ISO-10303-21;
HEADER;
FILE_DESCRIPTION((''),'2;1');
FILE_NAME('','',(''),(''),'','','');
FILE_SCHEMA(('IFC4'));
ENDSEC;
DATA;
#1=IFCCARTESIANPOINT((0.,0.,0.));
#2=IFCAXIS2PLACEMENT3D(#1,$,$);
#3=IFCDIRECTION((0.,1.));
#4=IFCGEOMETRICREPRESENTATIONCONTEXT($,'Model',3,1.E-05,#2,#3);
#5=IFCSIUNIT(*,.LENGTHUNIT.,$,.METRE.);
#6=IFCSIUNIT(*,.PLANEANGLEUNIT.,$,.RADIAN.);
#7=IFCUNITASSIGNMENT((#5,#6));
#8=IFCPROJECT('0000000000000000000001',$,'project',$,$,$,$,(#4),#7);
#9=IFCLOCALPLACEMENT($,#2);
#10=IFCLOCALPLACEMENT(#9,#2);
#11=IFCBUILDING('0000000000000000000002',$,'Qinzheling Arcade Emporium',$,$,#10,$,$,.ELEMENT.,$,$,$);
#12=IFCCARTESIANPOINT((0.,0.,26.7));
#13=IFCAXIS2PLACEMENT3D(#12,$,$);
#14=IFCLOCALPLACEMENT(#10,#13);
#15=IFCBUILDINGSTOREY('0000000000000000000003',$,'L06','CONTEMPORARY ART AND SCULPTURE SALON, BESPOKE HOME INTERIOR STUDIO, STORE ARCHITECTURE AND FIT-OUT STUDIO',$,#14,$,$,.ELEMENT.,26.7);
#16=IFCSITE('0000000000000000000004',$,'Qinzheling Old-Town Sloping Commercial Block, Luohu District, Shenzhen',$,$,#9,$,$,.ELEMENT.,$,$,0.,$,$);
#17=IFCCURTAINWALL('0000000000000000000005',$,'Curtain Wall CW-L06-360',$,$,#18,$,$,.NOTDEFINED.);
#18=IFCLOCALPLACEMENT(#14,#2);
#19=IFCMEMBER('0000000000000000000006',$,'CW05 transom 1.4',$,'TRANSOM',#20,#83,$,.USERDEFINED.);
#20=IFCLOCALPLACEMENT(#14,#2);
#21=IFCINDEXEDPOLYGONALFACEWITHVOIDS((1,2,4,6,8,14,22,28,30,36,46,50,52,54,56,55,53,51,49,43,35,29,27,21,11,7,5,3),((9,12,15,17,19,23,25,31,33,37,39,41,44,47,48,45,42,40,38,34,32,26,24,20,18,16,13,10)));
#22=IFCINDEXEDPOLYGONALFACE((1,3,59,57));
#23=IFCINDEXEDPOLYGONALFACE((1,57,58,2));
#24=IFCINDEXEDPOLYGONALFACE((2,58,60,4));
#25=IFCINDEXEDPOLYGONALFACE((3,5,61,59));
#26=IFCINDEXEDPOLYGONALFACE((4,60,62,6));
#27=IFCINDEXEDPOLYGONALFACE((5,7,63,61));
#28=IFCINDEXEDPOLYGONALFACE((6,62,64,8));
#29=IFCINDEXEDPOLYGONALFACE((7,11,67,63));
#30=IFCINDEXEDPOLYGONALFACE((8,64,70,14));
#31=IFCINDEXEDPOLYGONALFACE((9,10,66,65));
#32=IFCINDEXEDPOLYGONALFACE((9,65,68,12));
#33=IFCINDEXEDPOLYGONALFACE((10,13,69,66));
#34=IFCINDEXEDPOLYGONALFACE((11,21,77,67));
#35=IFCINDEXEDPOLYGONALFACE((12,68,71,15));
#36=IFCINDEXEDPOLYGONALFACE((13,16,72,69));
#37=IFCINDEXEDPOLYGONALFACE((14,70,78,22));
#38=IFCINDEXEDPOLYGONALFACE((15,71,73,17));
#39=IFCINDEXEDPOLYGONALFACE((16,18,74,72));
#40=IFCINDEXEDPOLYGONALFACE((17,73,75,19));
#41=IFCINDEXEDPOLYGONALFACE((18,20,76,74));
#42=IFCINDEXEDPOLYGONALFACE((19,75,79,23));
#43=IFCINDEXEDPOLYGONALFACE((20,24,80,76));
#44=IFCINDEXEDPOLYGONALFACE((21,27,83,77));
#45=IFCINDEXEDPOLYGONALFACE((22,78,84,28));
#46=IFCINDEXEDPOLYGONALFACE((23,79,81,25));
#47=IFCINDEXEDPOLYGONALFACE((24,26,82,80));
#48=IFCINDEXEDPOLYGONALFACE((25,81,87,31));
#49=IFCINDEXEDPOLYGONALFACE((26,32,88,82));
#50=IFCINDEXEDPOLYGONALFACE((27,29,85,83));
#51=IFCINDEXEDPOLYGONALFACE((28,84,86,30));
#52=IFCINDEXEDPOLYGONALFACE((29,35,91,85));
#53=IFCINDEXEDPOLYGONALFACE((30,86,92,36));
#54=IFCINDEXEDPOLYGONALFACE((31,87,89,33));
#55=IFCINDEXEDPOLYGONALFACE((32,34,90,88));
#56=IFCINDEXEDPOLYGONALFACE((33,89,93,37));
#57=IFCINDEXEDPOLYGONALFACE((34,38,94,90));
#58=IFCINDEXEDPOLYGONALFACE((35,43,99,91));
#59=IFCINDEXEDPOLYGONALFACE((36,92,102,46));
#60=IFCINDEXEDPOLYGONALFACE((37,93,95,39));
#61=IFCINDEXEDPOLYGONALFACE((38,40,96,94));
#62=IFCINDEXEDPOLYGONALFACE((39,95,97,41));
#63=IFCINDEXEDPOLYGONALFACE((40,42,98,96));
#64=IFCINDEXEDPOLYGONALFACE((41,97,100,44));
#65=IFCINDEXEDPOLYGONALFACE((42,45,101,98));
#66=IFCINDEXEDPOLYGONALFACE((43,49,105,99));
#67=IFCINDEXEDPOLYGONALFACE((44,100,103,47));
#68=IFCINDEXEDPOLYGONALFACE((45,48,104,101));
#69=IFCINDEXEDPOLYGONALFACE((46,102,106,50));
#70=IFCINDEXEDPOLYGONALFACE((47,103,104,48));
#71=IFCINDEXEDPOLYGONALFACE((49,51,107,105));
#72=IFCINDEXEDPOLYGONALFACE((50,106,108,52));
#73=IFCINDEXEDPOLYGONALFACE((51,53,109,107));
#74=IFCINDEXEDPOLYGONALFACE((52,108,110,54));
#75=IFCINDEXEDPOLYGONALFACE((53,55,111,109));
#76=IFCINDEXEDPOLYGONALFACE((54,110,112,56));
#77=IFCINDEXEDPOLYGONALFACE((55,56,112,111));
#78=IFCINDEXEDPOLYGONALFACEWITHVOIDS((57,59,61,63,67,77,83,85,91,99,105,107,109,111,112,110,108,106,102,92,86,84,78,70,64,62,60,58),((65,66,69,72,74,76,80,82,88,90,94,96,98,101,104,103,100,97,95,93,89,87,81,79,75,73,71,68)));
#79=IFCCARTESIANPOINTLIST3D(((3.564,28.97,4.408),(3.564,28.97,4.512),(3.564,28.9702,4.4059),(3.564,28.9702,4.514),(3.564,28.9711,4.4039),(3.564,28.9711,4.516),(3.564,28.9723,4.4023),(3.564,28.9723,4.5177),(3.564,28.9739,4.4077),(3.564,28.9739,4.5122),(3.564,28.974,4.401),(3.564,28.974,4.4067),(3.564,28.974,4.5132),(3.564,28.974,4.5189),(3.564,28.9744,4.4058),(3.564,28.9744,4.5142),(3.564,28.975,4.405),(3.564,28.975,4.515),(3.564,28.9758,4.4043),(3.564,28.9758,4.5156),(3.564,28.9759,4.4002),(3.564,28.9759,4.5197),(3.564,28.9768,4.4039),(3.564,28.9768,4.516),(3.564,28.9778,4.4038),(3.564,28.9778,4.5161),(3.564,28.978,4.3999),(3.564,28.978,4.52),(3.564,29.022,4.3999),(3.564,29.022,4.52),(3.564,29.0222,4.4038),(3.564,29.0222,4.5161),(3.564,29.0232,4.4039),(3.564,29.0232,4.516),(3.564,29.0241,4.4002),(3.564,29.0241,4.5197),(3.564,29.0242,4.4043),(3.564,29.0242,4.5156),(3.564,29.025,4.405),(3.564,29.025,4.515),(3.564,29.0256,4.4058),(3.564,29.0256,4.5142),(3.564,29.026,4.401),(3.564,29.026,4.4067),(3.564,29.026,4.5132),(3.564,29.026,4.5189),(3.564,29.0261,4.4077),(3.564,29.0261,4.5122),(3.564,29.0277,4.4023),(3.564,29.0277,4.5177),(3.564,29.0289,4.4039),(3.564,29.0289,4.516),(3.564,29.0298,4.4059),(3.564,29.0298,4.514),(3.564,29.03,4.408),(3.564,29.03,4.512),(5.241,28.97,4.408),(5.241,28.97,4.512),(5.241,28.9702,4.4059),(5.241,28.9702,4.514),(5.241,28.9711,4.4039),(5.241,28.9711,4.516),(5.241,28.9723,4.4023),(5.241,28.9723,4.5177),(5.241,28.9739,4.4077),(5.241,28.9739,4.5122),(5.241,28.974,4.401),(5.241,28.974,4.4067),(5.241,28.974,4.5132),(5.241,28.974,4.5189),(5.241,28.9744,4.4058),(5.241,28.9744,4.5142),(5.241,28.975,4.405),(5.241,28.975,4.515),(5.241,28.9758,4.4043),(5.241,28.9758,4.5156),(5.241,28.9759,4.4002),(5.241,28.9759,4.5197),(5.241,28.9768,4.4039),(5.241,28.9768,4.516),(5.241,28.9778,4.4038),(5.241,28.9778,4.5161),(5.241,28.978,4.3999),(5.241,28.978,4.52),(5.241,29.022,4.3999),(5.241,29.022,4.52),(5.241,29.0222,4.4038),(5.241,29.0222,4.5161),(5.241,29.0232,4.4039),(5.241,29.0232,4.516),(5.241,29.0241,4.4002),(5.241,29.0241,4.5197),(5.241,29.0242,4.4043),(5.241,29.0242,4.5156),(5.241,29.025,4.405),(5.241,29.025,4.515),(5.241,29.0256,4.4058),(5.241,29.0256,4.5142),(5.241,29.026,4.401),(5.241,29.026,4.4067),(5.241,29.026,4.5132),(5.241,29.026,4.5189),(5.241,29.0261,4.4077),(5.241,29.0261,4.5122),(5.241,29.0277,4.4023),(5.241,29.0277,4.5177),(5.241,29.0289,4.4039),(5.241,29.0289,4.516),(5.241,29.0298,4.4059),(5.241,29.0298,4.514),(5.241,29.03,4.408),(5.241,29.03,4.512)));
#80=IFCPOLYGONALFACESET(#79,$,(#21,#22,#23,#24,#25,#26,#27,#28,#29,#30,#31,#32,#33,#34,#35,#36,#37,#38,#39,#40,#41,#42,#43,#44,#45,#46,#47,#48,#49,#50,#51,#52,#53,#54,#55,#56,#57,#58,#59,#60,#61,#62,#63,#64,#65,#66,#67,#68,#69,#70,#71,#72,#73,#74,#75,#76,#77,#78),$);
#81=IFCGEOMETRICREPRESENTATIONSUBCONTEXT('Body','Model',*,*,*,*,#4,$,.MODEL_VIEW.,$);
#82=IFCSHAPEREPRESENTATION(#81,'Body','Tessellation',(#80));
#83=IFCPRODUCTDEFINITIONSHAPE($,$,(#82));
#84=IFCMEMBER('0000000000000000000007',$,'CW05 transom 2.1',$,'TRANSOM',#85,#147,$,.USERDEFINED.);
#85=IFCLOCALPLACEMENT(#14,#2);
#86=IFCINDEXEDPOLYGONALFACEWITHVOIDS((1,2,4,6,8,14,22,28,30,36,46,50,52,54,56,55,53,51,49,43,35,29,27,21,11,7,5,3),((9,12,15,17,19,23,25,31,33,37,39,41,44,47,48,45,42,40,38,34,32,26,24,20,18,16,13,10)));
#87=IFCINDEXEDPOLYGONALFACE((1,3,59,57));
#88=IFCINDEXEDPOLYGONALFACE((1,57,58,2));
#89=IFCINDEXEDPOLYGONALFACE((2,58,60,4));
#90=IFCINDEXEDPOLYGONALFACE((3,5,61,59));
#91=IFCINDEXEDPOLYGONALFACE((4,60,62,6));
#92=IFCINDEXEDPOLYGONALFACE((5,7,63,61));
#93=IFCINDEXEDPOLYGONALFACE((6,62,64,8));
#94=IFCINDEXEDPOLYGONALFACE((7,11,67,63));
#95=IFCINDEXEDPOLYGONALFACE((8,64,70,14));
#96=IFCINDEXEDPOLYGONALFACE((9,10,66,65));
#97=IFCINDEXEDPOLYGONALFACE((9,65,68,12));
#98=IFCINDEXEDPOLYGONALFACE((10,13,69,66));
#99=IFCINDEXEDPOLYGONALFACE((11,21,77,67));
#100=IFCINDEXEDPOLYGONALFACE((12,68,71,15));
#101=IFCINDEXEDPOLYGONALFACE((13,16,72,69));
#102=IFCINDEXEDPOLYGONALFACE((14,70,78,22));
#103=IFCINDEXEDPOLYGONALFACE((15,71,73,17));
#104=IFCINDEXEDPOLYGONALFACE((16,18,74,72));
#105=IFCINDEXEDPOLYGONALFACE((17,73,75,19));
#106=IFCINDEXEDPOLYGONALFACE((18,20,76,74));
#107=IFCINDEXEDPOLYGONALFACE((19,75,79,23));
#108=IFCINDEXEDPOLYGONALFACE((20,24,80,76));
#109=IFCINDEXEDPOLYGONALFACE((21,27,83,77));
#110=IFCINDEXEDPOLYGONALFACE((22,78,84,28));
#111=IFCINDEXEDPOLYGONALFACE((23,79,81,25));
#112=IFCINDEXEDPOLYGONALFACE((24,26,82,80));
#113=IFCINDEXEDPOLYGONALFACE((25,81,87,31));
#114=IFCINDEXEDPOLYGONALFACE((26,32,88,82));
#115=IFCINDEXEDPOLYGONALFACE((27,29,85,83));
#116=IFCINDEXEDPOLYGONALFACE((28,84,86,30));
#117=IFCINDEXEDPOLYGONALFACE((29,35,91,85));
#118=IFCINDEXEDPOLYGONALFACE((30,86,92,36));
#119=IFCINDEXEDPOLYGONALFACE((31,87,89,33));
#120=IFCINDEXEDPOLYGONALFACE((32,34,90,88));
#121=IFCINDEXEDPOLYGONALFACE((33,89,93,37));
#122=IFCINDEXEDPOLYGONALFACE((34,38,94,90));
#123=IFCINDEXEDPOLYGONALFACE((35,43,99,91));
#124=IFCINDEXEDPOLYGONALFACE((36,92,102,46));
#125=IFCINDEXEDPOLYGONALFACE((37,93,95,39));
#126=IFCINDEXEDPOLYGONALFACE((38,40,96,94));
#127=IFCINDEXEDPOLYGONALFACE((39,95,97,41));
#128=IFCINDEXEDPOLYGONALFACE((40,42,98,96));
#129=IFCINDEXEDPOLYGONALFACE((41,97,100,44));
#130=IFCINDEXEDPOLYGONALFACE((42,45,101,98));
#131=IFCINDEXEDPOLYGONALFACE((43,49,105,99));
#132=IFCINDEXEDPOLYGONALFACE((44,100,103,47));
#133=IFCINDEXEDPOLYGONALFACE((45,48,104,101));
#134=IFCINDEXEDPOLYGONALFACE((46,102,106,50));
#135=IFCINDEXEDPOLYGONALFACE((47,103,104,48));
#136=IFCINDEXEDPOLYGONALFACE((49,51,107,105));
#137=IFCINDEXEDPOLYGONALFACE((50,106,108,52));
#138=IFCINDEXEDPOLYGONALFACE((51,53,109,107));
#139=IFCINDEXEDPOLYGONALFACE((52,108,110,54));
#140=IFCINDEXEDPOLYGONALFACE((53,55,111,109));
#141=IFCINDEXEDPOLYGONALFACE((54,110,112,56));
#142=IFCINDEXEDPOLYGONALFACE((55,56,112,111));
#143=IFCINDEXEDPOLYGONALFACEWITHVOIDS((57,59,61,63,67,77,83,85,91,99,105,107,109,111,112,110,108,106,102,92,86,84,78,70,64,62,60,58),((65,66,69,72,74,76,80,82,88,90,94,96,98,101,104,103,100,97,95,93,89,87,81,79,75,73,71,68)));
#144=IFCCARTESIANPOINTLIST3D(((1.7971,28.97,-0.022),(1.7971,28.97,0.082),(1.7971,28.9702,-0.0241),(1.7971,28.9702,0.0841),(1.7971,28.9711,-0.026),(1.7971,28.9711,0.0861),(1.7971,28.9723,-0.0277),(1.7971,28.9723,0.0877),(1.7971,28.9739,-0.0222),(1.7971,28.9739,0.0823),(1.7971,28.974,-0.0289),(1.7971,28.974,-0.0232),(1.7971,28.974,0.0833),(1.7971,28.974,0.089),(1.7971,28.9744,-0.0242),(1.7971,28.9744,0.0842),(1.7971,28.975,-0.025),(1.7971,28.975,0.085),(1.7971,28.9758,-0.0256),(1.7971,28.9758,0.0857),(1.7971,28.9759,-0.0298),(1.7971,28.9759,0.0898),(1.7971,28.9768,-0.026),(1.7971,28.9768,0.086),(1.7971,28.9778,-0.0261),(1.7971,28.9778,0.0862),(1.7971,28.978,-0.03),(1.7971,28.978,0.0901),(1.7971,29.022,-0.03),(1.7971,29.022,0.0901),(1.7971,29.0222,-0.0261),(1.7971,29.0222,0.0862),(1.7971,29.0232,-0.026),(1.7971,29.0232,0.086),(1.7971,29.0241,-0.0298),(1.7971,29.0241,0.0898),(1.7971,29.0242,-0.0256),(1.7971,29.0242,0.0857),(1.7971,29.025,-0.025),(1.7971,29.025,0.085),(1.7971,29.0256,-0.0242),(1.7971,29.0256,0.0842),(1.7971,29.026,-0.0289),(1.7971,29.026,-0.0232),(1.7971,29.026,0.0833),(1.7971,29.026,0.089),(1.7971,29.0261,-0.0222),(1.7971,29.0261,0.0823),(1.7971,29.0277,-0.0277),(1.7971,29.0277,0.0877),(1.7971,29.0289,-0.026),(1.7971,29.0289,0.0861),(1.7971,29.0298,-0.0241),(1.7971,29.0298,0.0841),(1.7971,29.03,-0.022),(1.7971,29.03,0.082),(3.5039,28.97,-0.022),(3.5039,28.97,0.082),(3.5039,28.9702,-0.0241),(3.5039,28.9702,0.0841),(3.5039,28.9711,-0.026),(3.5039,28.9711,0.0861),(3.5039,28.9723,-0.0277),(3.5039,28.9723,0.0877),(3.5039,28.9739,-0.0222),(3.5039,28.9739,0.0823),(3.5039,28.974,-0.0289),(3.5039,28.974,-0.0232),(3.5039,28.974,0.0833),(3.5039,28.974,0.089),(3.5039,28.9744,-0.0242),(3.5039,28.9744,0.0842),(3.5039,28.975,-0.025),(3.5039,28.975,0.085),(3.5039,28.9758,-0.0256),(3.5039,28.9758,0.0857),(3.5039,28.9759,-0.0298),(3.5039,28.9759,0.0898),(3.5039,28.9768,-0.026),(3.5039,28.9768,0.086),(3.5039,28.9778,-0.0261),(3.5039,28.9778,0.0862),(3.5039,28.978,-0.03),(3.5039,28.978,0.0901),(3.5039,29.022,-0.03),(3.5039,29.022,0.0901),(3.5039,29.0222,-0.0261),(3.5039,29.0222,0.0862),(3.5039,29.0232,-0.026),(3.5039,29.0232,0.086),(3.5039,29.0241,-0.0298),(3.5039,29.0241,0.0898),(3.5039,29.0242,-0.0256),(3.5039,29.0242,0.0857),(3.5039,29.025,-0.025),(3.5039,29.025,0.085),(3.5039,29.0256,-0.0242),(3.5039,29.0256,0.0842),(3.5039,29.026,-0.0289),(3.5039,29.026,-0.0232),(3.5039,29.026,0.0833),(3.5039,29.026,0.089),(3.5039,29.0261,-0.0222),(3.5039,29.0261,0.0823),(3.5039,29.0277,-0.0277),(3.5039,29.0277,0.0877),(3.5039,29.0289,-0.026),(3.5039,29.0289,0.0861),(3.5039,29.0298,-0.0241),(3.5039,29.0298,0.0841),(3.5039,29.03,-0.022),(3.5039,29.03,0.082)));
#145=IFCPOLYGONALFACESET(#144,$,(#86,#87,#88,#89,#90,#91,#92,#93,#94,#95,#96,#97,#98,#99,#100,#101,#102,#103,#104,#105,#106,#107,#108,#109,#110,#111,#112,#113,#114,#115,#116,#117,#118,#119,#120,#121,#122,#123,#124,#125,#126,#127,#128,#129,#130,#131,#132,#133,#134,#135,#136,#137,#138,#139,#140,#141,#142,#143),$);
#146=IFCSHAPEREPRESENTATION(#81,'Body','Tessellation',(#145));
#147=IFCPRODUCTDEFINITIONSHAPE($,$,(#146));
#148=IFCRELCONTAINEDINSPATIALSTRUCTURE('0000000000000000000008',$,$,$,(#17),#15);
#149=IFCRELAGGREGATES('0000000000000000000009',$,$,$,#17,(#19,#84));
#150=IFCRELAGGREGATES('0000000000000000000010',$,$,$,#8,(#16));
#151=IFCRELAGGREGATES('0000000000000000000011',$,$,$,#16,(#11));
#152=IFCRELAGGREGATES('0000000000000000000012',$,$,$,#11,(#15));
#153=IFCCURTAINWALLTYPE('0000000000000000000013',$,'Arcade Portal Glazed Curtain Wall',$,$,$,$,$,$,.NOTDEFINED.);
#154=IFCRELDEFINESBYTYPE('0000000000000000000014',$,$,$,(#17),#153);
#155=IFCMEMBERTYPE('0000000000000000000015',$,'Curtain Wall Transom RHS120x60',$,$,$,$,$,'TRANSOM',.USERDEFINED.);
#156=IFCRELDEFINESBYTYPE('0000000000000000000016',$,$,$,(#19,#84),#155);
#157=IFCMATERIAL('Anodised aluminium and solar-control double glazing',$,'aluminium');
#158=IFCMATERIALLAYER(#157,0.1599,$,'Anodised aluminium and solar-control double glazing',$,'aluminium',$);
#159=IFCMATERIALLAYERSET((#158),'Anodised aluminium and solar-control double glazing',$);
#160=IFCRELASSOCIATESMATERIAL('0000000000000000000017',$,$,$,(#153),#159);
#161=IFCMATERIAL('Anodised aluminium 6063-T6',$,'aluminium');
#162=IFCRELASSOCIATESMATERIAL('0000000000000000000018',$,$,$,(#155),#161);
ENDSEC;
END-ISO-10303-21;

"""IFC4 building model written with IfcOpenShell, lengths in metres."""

from ifc_helpers import new_model, si_unit, direction, frame, origin, origin_2d, place, context, subcontext, project, spatial, hollow_rectangle, extrude, material, layer, layer_set, material_profile, profile_set, type_object, element, aggregate, save


model = new_model("IFC4")

# Units and contexts
model_context = context("Model", 3, precision=1e-05, world=origin(), true_north=direction((0.0, 1.0)))
body_context = subcontext(model_context, "Body", "Model", "MODEL_VIEW")
ifc_project = project(units=[si_unit("LENGTHUNIT", "METRE"), si_unit("PLANEANGLEUNIT", "RADIAN")], contexts=[model_context])

# Site, building, storey
site_placement = place(None, origin())
site = spatial("IfcSite", under=ifc_project, at=site_placement, Name="Qinzheling Old-Town Sloping Commercial Block, Luohu District, Shenzhen", CompositionType="ELEMENT", RefElevation=0.0)
building_placement = place(site_placement, origin())
building = spatial("IfcBuilding", under=site, at=building_placement, Name="Qinzheling Arcade Emporium", CompositionType="ELEMENT")
storey_placement = place(building_placement, frame((0.0, 0.0, 26.7)))
storey = spatial("IfcBuildingStorey", under=building, at=storey_placement, Name="L06", Description="CONTEMPORARY ART AND SCULPTURE SALON, BESPOKE HOME INTERIOR STUDIO, STORE ARCHITECTURE AND FIT-OUT STUDIO", CompositionType="ELEMENT", Elevation=26.7)

# Curtain wall, members
ifc_material_1 = material(Name="Anodised aluminium and solar-control double glazing", Category="aluminium")
ifc_layer_1 = layer(ifc_material_1, 0.1599, Name="Anodised aluminium and solar-control double glazing", Category="aluminium")
ifc_layer_set_1 = layer_set([ifc_layer_1], Name="Anodised aluminium and solar-control double glazing")
curtain_wall_type = type_object("IfcCurtainWallType", Name="Arcade Portal Glazed Curtain Wall", PredefinedType="NOTDEFINED", material=ifc_layer_set_1)
curtain_wall_placement = place(storey_placement, origin())
curtain_wall = element("IfcCurtainWall", 1, at=curtain_wall_placement, inside=storey, type_object=curtain_wall_type, Name="Curtain Wall CW-L06-360", PredefinedType="NOTDEFINED")
ifc_material_2 = material(Name="Anodised aluminium 6063-T6", Category="aluminium")
ifc_material_profile_1 = material_profile(ifc_material_2, hollow_rectangle(XDim=0.0601, YDim=0.1201, WallThickness=0.0039, InnerFilletRadius=0.0039, OuterFilletRadius=0.0081, at=origin_2d()), Name="RHS 120x60x4", Category="aluminium")
ifc_profile_set_1 = profile_set([ifc_material_profile_1], Name="Anodised aluminium 6063-T6")
member_type_1 = type_object("IfcMemberType", Name="Curtain Wall Transom RHS120x60", ElementType="TRANSOM", PredefinedType="USERDEFINED", material=ifc_profile_set_1)
member_1_placement = place(storey_placement, frame((5.241, 29.0, 4.46), z_axis=(-1.0, 0.0, 0.0), x_axis=(0.0, -1.0, 0.0)))
member_1 = element("IfcMember", 2, at=member_1_placement, type_object=member_type_1, Name="CW05 transom 1.4", ObjectType="TRANSOM", PredefinedType="USERDEFINED", context=body_context, shape_type="SweptSolid", body=[
    extrude(hollow_rectangle(XDim=0.0601, YDim=0.1201, WallThickness=0.0039, InnerFilletRadius=0.0039, OuterFilletRadius=0.0081, at=origin_2d()), origin(), (0.0, 0.0, 1.0), 1.677),
])
member_2_placement = place(storey_placement, frame((3.5039, 29.0, 0.03), z_axis=(-1.0, 0.0, 0.0), x_axis=(0.0, -1.0, 0.0)))
member_2 = element("IfcMember", 3, at=member_2_placement, type_object=member_type_1, Name="CW05 transom 2.1", ObjectType="TRANSOM", PredefinedType="USERDEFINED", context=body_context, shape_type="SweptSolid", body=[
    extrude(hollow_rectangle(XDim=0.0601, YDim=0.1201, WallThickness=0.0039, InnerFilletRadius=0.0039, OuterFilletRadius=0.0081, at=origin_2d()), origin(), (0.0, 0.0, 1.0), 1.7068),
])
aggregate(curtain_wall, [member_1, member_2])

save(model, "model.ifc")
